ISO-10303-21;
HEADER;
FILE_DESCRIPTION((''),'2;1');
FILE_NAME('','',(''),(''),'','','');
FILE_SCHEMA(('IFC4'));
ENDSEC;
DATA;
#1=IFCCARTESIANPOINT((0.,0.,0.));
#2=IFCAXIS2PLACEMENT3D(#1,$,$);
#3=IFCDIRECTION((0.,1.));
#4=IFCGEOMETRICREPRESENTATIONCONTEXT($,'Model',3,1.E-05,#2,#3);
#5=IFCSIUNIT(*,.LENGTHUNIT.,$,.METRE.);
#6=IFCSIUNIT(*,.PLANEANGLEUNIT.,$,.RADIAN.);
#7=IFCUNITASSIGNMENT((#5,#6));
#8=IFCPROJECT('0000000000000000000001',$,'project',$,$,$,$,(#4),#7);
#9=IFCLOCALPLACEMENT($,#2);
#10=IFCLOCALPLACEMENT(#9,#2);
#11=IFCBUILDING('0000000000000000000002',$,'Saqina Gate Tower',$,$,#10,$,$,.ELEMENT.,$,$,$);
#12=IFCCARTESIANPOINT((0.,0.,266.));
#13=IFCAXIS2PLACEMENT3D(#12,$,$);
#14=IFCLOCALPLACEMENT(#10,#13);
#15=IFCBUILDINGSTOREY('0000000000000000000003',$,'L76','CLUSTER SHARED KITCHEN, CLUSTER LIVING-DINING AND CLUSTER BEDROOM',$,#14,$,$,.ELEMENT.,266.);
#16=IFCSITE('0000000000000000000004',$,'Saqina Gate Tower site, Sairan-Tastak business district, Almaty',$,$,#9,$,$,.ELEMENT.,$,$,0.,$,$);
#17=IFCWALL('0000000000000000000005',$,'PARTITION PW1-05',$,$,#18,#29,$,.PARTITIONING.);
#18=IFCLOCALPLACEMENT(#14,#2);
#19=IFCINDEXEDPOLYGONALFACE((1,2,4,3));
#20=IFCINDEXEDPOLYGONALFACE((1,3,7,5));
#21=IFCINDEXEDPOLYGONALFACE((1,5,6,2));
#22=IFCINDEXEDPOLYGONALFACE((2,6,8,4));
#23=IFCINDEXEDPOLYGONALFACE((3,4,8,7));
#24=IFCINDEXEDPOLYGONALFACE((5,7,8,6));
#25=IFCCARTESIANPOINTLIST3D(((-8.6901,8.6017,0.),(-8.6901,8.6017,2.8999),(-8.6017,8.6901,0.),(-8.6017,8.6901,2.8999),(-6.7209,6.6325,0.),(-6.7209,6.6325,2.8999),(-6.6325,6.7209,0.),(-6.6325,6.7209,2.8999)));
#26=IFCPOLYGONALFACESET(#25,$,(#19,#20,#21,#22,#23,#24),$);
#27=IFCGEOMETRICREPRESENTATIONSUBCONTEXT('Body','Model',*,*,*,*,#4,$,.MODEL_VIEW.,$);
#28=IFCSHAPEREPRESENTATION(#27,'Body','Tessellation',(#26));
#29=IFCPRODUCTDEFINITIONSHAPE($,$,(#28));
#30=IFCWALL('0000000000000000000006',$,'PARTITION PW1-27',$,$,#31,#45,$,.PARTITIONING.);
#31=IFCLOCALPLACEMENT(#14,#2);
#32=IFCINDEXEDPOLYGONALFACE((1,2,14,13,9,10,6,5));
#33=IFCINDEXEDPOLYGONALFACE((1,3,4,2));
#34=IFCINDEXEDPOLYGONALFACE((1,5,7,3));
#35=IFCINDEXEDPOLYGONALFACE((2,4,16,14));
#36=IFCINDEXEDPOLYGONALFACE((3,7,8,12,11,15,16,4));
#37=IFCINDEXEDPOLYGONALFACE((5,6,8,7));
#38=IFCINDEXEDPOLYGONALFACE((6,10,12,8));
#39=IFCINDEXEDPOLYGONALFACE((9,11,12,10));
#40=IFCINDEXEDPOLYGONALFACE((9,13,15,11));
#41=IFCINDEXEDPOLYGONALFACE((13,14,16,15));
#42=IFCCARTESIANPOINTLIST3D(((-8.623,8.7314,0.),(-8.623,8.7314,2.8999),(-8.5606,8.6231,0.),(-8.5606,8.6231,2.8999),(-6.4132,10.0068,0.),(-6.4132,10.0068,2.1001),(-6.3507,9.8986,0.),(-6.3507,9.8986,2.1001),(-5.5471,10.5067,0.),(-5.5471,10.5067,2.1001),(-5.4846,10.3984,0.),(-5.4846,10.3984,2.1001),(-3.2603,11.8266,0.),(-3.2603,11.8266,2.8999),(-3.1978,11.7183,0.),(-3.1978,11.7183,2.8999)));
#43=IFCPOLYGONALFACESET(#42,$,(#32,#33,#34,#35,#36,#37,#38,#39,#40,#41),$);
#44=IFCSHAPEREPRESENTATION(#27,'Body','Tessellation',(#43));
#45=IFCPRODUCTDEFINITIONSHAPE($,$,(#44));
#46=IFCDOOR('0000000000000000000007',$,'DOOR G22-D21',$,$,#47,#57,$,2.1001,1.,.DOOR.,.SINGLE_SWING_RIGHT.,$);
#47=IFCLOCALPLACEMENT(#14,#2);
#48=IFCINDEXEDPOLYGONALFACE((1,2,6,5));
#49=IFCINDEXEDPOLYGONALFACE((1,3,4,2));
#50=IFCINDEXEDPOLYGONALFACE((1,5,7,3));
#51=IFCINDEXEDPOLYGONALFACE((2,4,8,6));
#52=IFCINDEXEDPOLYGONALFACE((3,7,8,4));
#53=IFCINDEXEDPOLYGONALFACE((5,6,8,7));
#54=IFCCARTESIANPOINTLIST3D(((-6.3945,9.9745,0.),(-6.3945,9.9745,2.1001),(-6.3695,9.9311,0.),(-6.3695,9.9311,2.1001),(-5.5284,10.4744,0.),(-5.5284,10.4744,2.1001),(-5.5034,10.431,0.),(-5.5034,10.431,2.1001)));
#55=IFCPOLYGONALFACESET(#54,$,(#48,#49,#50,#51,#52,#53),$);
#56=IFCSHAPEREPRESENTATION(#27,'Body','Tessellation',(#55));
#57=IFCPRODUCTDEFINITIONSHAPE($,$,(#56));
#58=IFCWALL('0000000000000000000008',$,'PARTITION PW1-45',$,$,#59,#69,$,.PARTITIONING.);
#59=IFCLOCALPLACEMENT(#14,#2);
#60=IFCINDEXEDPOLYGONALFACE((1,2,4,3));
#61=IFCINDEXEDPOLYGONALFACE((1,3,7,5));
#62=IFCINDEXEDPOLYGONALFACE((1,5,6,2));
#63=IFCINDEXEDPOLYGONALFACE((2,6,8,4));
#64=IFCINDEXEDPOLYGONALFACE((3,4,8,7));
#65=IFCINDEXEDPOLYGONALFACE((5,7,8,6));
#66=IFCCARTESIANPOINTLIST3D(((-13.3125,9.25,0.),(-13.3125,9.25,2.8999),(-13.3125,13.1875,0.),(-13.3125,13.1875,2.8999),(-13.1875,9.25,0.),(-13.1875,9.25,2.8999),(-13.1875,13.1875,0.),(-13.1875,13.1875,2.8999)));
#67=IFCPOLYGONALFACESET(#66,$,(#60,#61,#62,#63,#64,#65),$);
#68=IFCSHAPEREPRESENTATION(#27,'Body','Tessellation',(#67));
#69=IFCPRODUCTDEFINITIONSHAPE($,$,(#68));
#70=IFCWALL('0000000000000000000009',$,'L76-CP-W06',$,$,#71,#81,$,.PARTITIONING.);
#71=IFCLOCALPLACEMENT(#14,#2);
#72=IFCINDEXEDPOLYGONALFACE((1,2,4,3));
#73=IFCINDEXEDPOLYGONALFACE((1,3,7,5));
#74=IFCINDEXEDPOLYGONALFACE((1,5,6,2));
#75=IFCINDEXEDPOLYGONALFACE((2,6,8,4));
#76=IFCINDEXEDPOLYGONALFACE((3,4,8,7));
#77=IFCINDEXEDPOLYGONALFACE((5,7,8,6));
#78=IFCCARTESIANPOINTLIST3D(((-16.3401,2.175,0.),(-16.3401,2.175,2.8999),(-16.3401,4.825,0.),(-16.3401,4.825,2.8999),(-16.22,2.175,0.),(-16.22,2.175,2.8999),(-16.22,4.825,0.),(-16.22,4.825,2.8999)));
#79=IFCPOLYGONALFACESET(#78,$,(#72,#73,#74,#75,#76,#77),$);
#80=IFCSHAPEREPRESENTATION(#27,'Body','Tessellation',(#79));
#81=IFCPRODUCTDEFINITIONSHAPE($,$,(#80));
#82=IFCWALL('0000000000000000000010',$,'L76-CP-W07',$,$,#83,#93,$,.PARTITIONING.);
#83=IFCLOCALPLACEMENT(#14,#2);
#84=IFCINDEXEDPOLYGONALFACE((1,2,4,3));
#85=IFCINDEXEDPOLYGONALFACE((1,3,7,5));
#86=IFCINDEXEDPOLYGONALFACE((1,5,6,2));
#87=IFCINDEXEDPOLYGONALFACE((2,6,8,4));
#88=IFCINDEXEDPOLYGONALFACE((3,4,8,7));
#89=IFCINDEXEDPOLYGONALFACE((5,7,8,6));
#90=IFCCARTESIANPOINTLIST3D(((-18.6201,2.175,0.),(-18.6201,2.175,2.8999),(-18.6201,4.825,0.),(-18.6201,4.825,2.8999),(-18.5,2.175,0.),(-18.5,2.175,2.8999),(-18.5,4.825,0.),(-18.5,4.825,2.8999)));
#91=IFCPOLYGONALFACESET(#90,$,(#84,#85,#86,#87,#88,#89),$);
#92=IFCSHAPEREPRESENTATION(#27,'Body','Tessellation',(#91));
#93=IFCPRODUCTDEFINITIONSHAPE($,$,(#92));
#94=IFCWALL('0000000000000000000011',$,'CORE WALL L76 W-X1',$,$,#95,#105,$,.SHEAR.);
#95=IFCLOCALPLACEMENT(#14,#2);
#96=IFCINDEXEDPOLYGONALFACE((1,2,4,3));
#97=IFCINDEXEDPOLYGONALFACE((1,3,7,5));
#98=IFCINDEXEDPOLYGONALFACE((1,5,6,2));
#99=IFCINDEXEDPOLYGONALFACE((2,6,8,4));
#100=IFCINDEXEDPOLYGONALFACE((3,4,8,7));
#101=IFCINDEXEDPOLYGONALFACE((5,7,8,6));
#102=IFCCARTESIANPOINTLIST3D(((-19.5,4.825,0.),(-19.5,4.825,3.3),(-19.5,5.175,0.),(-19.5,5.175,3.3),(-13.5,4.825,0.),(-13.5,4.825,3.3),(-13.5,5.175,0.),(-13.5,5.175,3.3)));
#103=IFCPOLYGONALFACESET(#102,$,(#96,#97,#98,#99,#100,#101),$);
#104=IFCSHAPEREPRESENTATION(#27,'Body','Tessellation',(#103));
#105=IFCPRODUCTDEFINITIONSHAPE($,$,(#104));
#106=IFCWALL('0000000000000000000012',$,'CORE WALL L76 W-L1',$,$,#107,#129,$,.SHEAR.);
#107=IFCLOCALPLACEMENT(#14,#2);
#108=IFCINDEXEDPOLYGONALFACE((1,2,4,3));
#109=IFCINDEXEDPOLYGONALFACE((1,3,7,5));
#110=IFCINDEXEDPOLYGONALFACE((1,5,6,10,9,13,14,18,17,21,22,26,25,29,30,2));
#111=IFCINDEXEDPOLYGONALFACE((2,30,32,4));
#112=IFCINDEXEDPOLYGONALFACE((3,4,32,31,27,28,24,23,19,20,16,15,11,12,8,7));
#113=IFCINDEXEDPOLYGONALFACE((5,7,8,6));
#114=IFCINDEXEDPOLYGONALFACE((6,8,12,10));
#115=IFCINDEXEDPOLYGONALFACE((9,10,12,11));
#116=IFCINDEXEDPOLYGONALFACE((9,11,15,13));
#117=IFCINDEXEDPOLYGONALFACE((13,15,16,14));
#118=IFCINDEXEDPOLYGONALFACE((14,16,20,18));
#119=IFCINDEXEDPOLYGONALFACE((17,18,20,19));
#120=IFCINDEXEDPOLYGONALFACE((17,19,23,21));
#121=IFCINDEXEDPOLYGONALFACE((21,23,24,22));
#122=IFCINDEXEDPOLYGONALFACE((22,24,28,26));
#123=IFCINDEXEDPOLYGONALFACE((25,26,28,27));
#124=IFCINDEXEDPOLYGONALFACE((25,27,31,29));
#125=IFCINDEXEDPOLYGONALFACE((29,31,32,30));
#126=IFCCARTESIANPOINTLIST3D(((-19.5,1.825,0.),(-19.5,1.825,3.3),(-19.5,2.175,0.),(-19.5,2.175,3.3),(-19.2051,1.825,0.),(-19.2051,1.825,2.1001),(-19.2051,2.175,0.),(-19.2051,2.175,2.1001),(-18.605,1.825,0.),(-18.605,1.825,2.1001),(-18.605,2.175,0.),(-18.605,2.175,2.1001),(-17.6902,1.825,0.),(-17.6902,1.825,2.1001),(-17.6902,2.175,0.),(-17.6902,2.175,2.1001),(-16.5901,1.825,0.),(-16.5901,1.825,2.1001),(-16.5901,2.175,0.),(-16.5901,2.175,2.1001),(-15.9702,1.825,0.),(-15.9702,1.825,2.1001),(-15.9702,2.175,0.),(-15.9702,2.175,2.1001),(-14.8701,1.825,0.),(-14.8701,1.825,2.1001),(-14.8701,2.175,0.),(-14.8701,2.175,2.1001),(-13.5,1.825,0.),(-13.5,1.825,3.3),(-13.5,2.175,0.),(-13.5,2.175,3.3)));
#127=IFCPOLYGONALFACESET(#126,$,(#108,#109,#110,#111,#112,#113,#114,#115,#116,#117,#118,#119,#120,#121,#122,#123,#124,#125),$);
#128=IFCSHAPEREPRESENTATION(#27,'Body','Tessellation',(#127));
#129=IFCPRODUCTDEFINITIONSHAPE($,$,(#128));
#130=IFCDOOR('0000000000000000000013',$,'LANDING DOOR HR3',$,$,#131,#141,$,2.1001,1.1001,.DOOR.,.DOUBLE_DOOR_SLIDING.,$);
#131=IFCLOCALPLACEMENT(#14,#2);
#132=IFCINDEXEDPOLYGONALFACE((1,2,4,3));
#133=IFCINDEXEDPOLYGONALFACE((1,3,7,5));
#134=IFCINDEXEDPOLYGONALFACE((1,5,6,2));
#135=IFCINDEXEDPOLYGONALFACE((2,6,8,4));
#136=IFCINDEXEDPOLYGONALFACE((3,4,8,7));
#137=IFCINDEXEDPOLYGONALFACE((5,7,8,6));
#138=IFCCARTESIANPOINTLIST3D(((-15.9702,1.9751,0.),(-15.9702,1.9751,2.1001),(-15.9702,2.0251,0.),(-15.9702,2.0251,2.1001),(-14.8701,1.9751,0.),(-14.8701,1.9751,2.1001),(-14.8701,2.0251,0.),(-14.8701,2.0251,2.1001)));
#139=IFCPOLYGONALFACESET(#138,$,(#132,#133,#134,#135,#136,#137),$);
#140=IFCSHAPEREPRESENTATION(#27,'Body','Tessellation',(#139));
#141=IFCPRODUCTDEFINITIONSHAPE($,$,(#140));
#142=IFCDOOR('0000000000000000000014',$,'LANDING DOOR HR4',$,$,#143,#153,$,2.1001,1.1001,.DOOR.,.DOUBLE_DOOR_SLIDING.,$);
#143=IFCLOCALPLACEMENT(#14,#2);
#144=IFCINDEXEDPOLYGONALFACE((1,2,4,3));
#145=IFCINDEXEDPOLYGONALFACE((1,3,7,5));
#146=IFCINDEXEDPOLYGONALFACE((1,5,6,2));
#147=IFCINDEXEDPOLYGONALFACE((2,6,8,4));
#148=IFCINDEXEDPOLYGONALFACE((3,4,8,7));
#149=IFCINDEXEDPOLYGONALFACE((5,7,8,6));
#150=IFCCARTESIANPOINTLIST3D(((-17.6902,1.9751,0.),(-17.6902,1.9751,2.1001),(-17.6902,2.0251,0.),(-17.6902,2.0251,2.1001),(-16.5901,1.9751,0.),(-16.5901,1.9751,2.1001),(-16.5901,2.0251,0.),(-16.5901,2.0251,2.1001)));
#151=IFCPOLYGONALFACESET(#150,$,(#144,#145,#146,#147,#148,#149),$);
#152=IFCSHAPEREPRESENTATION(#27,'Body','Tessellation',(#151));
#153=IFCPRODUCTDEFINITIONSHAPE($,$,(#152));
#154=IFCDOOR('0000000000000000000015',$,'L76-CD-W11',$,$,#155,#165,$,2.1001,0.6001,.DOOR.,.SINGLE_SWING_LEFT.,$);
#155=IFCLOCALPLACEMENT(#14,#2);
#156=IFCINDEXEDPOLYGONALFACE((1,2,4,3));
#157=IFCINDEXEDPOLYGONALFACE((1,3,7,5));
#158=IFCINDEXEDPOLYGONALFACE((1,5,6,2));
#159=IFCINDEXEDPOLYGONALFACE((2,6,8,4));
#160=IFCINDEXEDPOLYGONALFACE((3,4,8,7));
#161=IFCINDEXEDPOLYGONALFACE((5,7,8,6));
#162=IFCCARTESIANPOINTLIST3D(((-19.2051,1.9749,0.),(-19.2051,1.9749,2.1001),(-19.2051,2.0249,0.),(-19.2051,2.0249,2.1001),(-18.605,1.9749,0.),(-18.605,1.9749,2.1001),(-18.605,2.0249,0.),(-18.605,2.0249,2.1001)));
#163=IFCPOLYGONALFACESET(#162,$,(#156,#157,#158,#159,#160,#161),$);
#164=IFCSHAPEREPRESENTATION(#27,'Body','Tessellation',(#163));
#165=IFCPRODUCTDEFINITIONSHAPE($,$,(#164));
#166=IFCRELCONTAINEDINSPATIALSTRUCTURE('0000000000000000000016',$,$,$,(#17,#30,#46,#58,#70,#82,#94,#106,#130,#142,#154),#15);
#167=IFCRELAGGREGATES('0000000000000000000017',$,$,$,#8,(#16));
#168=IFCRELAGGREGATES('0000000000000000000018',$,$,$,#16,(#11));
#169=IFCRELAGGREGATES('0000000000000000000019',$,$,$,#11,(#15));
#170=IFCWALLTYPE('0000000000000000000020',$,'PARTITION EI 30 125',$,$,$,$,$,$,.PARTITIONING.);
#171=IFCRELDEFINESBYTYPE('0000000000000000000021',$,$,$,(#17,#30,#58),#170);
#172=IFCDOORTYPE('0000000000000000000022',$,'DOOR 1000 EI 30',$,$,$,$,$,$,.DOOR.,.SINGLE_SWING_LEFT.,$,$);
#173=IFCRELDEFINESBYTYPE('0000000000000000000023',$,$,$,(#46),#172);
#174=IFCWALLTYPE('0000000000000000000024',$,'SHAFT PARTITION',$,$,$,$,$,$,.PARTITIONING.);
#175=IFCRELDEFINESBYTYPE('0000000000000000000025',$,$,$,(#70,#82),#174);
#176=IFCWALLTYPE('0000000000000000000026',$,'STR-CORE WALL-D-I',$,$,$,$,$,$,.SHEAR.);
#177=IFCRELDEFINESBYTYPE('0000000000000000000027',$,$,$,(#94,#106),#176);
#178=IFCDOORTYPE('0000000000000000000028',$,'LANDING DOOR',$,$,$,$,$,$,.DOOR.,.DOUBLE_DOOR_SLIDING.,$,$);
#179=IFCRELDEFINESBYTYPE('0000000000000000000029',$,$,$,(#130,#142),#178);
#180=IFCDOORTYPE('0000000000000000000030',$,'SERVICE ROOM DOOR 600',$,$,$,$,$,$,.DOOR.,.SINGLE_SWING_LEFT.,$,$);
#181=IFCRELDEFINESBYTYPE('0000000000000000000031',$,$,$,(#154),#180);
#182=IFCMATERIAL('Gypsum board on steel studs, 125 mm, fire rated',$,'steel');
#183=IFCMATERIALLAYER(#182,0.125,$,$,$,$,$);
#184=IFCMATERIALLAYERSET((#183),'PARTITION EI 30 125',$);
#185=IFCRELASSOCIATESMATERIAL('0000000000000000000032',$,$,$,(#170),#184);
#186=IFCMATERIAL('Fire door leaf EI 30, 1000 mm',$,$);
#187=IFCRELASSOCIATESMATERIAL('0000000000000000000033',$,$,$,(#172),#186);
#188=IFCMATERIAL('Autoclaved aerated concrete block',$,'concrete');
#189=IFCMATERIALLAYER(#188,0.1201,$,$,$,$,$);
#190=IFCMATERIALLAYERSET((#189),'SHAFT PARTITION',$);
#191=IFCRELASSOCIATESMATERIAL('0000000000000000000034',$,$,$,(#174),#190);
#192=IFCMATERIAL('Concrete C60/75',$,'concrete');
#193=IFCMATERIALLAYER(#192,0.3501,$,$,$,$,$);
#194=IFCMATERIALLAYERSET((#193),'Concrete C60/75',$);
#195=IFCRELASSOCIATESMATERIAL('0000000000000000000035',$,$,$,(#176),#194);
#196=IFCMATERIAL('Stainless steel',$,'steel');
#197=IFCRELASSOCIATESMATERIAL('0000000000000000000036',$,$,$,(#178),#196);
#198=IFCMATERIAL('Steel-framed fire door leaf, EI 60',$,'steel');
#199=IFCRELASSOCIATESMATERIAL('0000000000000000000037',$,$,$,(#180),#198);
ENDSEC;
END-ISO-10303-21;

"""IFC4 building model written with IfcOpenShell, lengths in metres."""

from ifc_helpers import new_model, si_unit, direction, frame, frame_2d, origin, place, context, subcontext, project, spatial, rectangle, extrude, material, layer, layer_set, type_object, element, fill, save


model = new_model("IFC4")

# Units and contexts
model_context = context("Model", 3, precision=1e-05, world=origin(), true_north=direction((0.0, 1.0)))
body_context = subcontext(model_context, "Body", "Model", "MODEL_VIEW")
ifc_project = project(units=[si_unit("LENGTHUNIT", "METRE"), si_unit("PLANEANGLEUNIT", "RADIAN")], contexts=[model_context])

# Site, building, storey
site_placement = place(None, origin())
site = spatial("IfcSite", under=ifc_project, at=site_placement, Name="Saqina Gate Tower site, Sairan-Tastak business district, Almaty", CompositionType="ELEMENT", RefElevation=0.0)
building_placement = place(site_placement, origin())
building = spatial("IfcBuilding", under=site, at=building_placement, Name="Saqina Gate Tower", CompositionType="ELEMENT")
storey_placement = place(building_placement, frame((0.0, 0.0, 266.0)))
storey = spatial("IfcBuildingStorey", under=building, at=storey_placement, Name="L76", Description="CLUSTER SHARED KITCHEN, CLUSTER LIVING-DINING AND CLUSTER BEDROOM", CompositionType="ELEMENT", Elevation=266.0)

# Wall
ifc_material_1 = material(Name="Gypsum board on steel studs, 125 mm, fire rated", Category="steel")
ifc_layer_1 = layer(ifc_material_1, 0.125)
ifc_layer_set_1 = layer_set([ifc_layer_1], Name="PARTITION EI 30 125")
wall_type_1 = type_object("IfcWallType", Name="PARTITION EI 30 125", PredefinedType="PARTITIONING", material=ifc_layer_set_1)
wall_1_placement = place(storey_placement, frame((-8.646, 8.646, 0.0), z_axis=(0.0, 0.0, 1.0), x_axis=(0.707107, -0.707107, 0.0)))
element("IfcWall", 1, at=wall_1_placement, inside=storey, type_object=wall_type_1, Name="PARTITION PW1-05", PredefinedType="PARTITIONING", context=body_context, shape_type="SweptSolid", body=[
    extrude(rectangle(XDim=2.7849, YDim=0.125, at=frame_2d((1.3926, 0.0))), origin(), (0.0, 0.0, 1.0), 2.8999),
])

# Wall, opening, door
wall_2_placement = place(storey_placement, frame((-8.5918, 8.6772, 0.0), z_axis=(0.0, 0.0, 1.0), x_axis=(0.866095, 0.499879, 0.0)))
wall_2 = element("IfcWall", 2, at=wall_2_placement, inside=storey, type_object=wall_type_1, Name="PARTITION PW1-27", PredefinedType="PARTITIONING", context=body_context, shape_type="SweptSolid", body=[
    extrude(rectangle(XDim=6.1919, YDim=0.125, at=frame_2d((3.0959, 0.0))), origin(), (0.0, 0.0, 1.0), 2.8999),
])
opening_1_placement = place(wall_2_placement, frame((2.5515, 0.0, 0.0)))
opening_1 = element("IfcOpeningElement", 3, at=opening_1_placement, cuts=wall_2, PredefinedType="OPENING", context=body_context, shape_type="SweptSolid", body=[
    extrude(rectangle(XDim=1.0, YDim=2.1001, at=frame_2d((0.5, 1.05))), frame((0.0, 0.0745, 0.0), z_axis=(0.0, -1.0, 0.0), x_axis=(1.0, 0.0, 0.0)), (0.0, 0.0, 1.0), 0.1489),
])
ifc_material_2 = material(Name="Fire door leaf EI 30, 1000 mm")
door_type_1 = type_object("IfcDoorType", Name="DOOR 1000 EI 30", OperationType="SINGLE_SWING_LEFT", PredefinedType="DOOR", material=ifc_material_2)
door_1_placement = place(opening_1_placement, frame((1.0, 0.0, 0.0), z_axis=(0.0, 0.0, 1.0), x_axis=(-1.0, 0.0, 0.0)))
door_1 = element("IfcDoor", 4, at=door_1_placement, inside=storey, type_object=door_type_1, Name="DOOR G22-D21", OperationType="SINGLE_SWING_RIGHT", OverallHeight=2.1001, OverallWidth=1.0, PredefinedType="DOOR", context=body_context, shape_type="SweptSolid", body=[
    extrude(rectangle(XDim=1.0, YDim=2.1001, at=frame_2d((0.5, 1.05))), frame((0.0, 0.0249, 0.0), z_axis=(0.0, -1.0, 0.0), x_axis=(1.0, 0.0, 0.0)), (0.0, 0.0, 1.0), 0.05),
])
fill(opening_1, door_1)

# Walls
wall_3_placement = place(storey_placement, frame((-13.25, 9.25, 0.0), z_axis=(0.0, 0.0, 1.0), x_axis=(0.0, 1.0, 0.0)))
element("IfcWall", 5, at=wall_3_placement, inside=storey, type_object=wall_type_1, Name="PARTITION PW1-45", PredefinedType="PARTITIONING", context=body_context, shape_type="SweptSolid", body=[
    extrude(rectangle(XDim=3.9375, YDim=0.125, at=frame_2d((1.9688, 0.0))), origin(), (0.0, 0.0, 1.0), 2.8999),
])
ifc_material_3 = material(Name="Autoclaved aerated concrete block", Category="concrete")
ifc_layer_2 = layer(ifc_material_3, 0.1201)
ifc_layer_set_2 = layer_set([ifc_layer_2], Name="SHAFT PARTITION")
wall_type_2 = type_object("IfcWallType", Name="SHAFT PARTITION", PredefinedType="PARTITIONING", material=ifc_layer_set_2)
for number, where, z_axis, x_axis, name in (
    (6, (-16.28, 2.175, 0.0), (0.0, 0.0, 1.0), (0.0, 1.0, 0.0), "L76-CP-W06"),
    (7, (-18.5601, 2.175, 0.0), (0.0, 0.0, 1.0), (0.0, 1.0, 0.0), "L76-CP-W07"),
):
    element("IfcWall", number, at=place(storey_placement, frame(where, z_axis=z_axis, x_axis=x_axis)), inside=storey, type_object=wall_type_2, Name=name, PredefinedType="PARTITIONING", context=body_context, shape_type="SweptSolid", body=[
        extrude(rectangle(XDim=2.6499, YDim=0.1201, at=frame_2d((1.325, 0.0))), origin(), (0.0, 0.0, 1.0), 2.8999),
    ])
ifc_material_4 = material(Name="Concrete C60/75", Category="concrete")
ifc_layer_3 = layer(ifc_material_4, 0.3501)
ifc_layer_set_3 = layer_set([ifc_layer_3], Name="Concrete C60/75")
wall_type_3 = type_object("IfcWallType", Name="STR-CORE WALL-D-I", PredefinedType="SHEAR", material=ifc_layer_set_3)
wall_4_placement = place(storey_placement, frame((-13.5, 5.0, 0.0), z_axis=(0.0, 0.0, 1.0), x_axis=(-1.0, 0.0, 0.0)))
element("IfcWall", 8, at=wall_4_placement, inside=storey, type_object=wall_type_3, Name="CORE WALL L76 W-X1", PredefinedType="SHEAR", context=body_context, shape_type="SweptSolid", body=[
    extrude(rectangle(XDim=6.0, YDim=0.3501, at=frame_2d((3.0, 0.0))), origin(), (0.0, 0.0, 1.0), 3.3),
])

# Wall, openings, doors
wall_5_placement = place(storey_placement, frame((-13.5, 2.0, 0.0), z_axis=(0.0, 0.0, 1.0), x_axis=(-1.0, 0.0, 0.0)))
wall_5 = element("IfcWall", 9, at=wall_5_placement, inside=storey, type_object=wall_type_3, Name="CORE WALL L76 W-L1", PredefinedType="SHEAR", context=body_context, shape_type="SweptSolid", body=[
    extrude(rectangle(XDim=6.0, YDim=0.3501, at=frame_2d((3.0, 0.0))), origin(), (0.0, 0.0, 1.0), 3.3),
])
opening_2_placement = place(wall_5_placement, frame((1.3701, 0.0, 0.0)))
opening_2 = element("IfcOpeningElement", 10, at=opening_2_placement, cuts=wall_5, PredefinedType="OPENING", context=body_context, shape_type="SweptSolid", body=[
    extrude(rectangle(XDim=1.1001, YDim=2.1001, at=frame_2d((0.55, 1.05))), frame((0.0, 0.187, 0.0), z_axis=(0.0, -1.0, 0.0), x_axis=(1.0, 0.0, 0.0)), (0.0, 0.0, 1.0), 0.374),
])
opening_3_placement = place(wall_5_placement, frame((3.0901, 0.0, 0.0)))
opening_3 = element("IfcOpeningElement", 11, at=opening_3_placement, cuts=wall_5, PredefinedType="OPENING", context=body_context, shape_type="SweptSolid", body=[
    extrude(rectangle(XDim=1.1001, YDim=2.1001, at=frame_2d((0.55, 1.05))), frame((0.0, 0.187, 0.0), z_axis=(0.0, -1.0, 0.0), x_axis=(1.0, 0.0, 0.0)), (0.0, 0.0, 1.0), 0.374),
])
opening_4_placement = place(wall_5_placement, frame((5.105, 0.0, 0.0)))
opening_4 = element("IfcOpeningElement", 12, at=opening_4_placement, cuts=wall_5, PredefinedType="OPENING", context=body_context, shape_type="SweptSolid", body=[
    extrude(rectangle(XDim=0.6001, YDim=2.1001, at=frame_2d((0.3, 1.05))), frame((0.0, 0.187, 0.0), z_axis=(0.0, -1.0, 0.0), x_axis=(1.0, 0.0, 0.0)), (0.0, 0.0, 1.0), 0.374),
])
ifc_material_5 = material(Name="Stainless steel", Category="steel")
door_type_2 = type_object("IfcDoorType", Name="LANDING DOOR", OperationType="DOUBLE_DOOR_SLIDING", PredefinedType="DOOR", material=ifc_material_5)
door_2_placement = place(opening_2_placement, origin())
door_2 = element("IfcDoor", 13, at=door_2_placement, inside=storey, type_object=door_type_2, Name="LANDING DOOR HR3", OperationType="DOUBLE_DOOR_SLIDING", OverallHeight=2.1001, OverallWidth=1.1001, PredefinedType="DOOR", context=body_context, shape_type="SweptSolid", body=[
    extrude(rectangle(XDim=1.1001, YDim=2.1001, at=frame_2d((0.55, 1.05))), frame((0.0, 0.0249, 0.0), z_axis=(0.0, -1.0, 0.0), x_axis=(1.0, 0.0, 0.0)), (0.0, 0.0, 1.0), 0.05),
])
fill(opening_2, door_2)
door_3_placement = place(opening_3_placement, origin())
door_3 = element("IfcDoor", 14, at=door_3_placement, inside=storey, type_object=door_type_2, Name="LANDING DOOR HR4", OperationType="DOUBLE_DOOR_SLIDING", OverallHeight=2.1001, OverallWidth=1.1001, PredefinedType="DOOR", context=body_context, shape_type="SweptSolid", body=[
    extrude(rectangle(XDim=1.1001, YDim=2.1001, at=frame_2d((0.55, 1.05))), frame((0.0, 0.0249, 0.0), z_axis=(0.0, -1.0, 0.0), x_axis=(1.0, 0.0, 0.0)), (0.0, 0.0, 1.0), 0.05),
])
fill(opening_3, door_3)
ifc_material_6 = material(Name="Steel-framed fire door leaf, EI 60", Category="steel")
door_type_3 = type_object("IfcDoorType", Name="SERVICE ROOM DOOR 600", OperationType="SINGLE_SWING_LEFT", PredefinedType="DOOR", material=ifc_material_6)
door_4_placement = place(opening_4_placement, frame((0.6001, 0.0, 0.0), z_axis=(0.0, 0.0, 1.0), x_axis=(-1.0, 0.0, 0.0)))
door_4 = element("IfcDoor", 15, at=door_4_placement, inside=storey, type_object=door_type_3, Name="L76-CD-W11", OperationType="SINGLE_SWING_LEFT", OverallHeight=2.1001, OverallWidth=0.6001, PredefinedType="DOOR", context=body_context, shape_type="SweptSolid", body=[
    extrude(rectangle(XDim=0.6001, YDim=2.1001, at=frame_2d((0.3, 1.05))), frame((0.0, 0.0249, 0.0), z_axis=(0.0, -1.0, 0.0), x_axis=(1.0, 0.0, 0.0)), (0.0, 0.0, 1.0), 0.05),
])
fill(opening_4, door_4)

save(model, "model.ifc")
